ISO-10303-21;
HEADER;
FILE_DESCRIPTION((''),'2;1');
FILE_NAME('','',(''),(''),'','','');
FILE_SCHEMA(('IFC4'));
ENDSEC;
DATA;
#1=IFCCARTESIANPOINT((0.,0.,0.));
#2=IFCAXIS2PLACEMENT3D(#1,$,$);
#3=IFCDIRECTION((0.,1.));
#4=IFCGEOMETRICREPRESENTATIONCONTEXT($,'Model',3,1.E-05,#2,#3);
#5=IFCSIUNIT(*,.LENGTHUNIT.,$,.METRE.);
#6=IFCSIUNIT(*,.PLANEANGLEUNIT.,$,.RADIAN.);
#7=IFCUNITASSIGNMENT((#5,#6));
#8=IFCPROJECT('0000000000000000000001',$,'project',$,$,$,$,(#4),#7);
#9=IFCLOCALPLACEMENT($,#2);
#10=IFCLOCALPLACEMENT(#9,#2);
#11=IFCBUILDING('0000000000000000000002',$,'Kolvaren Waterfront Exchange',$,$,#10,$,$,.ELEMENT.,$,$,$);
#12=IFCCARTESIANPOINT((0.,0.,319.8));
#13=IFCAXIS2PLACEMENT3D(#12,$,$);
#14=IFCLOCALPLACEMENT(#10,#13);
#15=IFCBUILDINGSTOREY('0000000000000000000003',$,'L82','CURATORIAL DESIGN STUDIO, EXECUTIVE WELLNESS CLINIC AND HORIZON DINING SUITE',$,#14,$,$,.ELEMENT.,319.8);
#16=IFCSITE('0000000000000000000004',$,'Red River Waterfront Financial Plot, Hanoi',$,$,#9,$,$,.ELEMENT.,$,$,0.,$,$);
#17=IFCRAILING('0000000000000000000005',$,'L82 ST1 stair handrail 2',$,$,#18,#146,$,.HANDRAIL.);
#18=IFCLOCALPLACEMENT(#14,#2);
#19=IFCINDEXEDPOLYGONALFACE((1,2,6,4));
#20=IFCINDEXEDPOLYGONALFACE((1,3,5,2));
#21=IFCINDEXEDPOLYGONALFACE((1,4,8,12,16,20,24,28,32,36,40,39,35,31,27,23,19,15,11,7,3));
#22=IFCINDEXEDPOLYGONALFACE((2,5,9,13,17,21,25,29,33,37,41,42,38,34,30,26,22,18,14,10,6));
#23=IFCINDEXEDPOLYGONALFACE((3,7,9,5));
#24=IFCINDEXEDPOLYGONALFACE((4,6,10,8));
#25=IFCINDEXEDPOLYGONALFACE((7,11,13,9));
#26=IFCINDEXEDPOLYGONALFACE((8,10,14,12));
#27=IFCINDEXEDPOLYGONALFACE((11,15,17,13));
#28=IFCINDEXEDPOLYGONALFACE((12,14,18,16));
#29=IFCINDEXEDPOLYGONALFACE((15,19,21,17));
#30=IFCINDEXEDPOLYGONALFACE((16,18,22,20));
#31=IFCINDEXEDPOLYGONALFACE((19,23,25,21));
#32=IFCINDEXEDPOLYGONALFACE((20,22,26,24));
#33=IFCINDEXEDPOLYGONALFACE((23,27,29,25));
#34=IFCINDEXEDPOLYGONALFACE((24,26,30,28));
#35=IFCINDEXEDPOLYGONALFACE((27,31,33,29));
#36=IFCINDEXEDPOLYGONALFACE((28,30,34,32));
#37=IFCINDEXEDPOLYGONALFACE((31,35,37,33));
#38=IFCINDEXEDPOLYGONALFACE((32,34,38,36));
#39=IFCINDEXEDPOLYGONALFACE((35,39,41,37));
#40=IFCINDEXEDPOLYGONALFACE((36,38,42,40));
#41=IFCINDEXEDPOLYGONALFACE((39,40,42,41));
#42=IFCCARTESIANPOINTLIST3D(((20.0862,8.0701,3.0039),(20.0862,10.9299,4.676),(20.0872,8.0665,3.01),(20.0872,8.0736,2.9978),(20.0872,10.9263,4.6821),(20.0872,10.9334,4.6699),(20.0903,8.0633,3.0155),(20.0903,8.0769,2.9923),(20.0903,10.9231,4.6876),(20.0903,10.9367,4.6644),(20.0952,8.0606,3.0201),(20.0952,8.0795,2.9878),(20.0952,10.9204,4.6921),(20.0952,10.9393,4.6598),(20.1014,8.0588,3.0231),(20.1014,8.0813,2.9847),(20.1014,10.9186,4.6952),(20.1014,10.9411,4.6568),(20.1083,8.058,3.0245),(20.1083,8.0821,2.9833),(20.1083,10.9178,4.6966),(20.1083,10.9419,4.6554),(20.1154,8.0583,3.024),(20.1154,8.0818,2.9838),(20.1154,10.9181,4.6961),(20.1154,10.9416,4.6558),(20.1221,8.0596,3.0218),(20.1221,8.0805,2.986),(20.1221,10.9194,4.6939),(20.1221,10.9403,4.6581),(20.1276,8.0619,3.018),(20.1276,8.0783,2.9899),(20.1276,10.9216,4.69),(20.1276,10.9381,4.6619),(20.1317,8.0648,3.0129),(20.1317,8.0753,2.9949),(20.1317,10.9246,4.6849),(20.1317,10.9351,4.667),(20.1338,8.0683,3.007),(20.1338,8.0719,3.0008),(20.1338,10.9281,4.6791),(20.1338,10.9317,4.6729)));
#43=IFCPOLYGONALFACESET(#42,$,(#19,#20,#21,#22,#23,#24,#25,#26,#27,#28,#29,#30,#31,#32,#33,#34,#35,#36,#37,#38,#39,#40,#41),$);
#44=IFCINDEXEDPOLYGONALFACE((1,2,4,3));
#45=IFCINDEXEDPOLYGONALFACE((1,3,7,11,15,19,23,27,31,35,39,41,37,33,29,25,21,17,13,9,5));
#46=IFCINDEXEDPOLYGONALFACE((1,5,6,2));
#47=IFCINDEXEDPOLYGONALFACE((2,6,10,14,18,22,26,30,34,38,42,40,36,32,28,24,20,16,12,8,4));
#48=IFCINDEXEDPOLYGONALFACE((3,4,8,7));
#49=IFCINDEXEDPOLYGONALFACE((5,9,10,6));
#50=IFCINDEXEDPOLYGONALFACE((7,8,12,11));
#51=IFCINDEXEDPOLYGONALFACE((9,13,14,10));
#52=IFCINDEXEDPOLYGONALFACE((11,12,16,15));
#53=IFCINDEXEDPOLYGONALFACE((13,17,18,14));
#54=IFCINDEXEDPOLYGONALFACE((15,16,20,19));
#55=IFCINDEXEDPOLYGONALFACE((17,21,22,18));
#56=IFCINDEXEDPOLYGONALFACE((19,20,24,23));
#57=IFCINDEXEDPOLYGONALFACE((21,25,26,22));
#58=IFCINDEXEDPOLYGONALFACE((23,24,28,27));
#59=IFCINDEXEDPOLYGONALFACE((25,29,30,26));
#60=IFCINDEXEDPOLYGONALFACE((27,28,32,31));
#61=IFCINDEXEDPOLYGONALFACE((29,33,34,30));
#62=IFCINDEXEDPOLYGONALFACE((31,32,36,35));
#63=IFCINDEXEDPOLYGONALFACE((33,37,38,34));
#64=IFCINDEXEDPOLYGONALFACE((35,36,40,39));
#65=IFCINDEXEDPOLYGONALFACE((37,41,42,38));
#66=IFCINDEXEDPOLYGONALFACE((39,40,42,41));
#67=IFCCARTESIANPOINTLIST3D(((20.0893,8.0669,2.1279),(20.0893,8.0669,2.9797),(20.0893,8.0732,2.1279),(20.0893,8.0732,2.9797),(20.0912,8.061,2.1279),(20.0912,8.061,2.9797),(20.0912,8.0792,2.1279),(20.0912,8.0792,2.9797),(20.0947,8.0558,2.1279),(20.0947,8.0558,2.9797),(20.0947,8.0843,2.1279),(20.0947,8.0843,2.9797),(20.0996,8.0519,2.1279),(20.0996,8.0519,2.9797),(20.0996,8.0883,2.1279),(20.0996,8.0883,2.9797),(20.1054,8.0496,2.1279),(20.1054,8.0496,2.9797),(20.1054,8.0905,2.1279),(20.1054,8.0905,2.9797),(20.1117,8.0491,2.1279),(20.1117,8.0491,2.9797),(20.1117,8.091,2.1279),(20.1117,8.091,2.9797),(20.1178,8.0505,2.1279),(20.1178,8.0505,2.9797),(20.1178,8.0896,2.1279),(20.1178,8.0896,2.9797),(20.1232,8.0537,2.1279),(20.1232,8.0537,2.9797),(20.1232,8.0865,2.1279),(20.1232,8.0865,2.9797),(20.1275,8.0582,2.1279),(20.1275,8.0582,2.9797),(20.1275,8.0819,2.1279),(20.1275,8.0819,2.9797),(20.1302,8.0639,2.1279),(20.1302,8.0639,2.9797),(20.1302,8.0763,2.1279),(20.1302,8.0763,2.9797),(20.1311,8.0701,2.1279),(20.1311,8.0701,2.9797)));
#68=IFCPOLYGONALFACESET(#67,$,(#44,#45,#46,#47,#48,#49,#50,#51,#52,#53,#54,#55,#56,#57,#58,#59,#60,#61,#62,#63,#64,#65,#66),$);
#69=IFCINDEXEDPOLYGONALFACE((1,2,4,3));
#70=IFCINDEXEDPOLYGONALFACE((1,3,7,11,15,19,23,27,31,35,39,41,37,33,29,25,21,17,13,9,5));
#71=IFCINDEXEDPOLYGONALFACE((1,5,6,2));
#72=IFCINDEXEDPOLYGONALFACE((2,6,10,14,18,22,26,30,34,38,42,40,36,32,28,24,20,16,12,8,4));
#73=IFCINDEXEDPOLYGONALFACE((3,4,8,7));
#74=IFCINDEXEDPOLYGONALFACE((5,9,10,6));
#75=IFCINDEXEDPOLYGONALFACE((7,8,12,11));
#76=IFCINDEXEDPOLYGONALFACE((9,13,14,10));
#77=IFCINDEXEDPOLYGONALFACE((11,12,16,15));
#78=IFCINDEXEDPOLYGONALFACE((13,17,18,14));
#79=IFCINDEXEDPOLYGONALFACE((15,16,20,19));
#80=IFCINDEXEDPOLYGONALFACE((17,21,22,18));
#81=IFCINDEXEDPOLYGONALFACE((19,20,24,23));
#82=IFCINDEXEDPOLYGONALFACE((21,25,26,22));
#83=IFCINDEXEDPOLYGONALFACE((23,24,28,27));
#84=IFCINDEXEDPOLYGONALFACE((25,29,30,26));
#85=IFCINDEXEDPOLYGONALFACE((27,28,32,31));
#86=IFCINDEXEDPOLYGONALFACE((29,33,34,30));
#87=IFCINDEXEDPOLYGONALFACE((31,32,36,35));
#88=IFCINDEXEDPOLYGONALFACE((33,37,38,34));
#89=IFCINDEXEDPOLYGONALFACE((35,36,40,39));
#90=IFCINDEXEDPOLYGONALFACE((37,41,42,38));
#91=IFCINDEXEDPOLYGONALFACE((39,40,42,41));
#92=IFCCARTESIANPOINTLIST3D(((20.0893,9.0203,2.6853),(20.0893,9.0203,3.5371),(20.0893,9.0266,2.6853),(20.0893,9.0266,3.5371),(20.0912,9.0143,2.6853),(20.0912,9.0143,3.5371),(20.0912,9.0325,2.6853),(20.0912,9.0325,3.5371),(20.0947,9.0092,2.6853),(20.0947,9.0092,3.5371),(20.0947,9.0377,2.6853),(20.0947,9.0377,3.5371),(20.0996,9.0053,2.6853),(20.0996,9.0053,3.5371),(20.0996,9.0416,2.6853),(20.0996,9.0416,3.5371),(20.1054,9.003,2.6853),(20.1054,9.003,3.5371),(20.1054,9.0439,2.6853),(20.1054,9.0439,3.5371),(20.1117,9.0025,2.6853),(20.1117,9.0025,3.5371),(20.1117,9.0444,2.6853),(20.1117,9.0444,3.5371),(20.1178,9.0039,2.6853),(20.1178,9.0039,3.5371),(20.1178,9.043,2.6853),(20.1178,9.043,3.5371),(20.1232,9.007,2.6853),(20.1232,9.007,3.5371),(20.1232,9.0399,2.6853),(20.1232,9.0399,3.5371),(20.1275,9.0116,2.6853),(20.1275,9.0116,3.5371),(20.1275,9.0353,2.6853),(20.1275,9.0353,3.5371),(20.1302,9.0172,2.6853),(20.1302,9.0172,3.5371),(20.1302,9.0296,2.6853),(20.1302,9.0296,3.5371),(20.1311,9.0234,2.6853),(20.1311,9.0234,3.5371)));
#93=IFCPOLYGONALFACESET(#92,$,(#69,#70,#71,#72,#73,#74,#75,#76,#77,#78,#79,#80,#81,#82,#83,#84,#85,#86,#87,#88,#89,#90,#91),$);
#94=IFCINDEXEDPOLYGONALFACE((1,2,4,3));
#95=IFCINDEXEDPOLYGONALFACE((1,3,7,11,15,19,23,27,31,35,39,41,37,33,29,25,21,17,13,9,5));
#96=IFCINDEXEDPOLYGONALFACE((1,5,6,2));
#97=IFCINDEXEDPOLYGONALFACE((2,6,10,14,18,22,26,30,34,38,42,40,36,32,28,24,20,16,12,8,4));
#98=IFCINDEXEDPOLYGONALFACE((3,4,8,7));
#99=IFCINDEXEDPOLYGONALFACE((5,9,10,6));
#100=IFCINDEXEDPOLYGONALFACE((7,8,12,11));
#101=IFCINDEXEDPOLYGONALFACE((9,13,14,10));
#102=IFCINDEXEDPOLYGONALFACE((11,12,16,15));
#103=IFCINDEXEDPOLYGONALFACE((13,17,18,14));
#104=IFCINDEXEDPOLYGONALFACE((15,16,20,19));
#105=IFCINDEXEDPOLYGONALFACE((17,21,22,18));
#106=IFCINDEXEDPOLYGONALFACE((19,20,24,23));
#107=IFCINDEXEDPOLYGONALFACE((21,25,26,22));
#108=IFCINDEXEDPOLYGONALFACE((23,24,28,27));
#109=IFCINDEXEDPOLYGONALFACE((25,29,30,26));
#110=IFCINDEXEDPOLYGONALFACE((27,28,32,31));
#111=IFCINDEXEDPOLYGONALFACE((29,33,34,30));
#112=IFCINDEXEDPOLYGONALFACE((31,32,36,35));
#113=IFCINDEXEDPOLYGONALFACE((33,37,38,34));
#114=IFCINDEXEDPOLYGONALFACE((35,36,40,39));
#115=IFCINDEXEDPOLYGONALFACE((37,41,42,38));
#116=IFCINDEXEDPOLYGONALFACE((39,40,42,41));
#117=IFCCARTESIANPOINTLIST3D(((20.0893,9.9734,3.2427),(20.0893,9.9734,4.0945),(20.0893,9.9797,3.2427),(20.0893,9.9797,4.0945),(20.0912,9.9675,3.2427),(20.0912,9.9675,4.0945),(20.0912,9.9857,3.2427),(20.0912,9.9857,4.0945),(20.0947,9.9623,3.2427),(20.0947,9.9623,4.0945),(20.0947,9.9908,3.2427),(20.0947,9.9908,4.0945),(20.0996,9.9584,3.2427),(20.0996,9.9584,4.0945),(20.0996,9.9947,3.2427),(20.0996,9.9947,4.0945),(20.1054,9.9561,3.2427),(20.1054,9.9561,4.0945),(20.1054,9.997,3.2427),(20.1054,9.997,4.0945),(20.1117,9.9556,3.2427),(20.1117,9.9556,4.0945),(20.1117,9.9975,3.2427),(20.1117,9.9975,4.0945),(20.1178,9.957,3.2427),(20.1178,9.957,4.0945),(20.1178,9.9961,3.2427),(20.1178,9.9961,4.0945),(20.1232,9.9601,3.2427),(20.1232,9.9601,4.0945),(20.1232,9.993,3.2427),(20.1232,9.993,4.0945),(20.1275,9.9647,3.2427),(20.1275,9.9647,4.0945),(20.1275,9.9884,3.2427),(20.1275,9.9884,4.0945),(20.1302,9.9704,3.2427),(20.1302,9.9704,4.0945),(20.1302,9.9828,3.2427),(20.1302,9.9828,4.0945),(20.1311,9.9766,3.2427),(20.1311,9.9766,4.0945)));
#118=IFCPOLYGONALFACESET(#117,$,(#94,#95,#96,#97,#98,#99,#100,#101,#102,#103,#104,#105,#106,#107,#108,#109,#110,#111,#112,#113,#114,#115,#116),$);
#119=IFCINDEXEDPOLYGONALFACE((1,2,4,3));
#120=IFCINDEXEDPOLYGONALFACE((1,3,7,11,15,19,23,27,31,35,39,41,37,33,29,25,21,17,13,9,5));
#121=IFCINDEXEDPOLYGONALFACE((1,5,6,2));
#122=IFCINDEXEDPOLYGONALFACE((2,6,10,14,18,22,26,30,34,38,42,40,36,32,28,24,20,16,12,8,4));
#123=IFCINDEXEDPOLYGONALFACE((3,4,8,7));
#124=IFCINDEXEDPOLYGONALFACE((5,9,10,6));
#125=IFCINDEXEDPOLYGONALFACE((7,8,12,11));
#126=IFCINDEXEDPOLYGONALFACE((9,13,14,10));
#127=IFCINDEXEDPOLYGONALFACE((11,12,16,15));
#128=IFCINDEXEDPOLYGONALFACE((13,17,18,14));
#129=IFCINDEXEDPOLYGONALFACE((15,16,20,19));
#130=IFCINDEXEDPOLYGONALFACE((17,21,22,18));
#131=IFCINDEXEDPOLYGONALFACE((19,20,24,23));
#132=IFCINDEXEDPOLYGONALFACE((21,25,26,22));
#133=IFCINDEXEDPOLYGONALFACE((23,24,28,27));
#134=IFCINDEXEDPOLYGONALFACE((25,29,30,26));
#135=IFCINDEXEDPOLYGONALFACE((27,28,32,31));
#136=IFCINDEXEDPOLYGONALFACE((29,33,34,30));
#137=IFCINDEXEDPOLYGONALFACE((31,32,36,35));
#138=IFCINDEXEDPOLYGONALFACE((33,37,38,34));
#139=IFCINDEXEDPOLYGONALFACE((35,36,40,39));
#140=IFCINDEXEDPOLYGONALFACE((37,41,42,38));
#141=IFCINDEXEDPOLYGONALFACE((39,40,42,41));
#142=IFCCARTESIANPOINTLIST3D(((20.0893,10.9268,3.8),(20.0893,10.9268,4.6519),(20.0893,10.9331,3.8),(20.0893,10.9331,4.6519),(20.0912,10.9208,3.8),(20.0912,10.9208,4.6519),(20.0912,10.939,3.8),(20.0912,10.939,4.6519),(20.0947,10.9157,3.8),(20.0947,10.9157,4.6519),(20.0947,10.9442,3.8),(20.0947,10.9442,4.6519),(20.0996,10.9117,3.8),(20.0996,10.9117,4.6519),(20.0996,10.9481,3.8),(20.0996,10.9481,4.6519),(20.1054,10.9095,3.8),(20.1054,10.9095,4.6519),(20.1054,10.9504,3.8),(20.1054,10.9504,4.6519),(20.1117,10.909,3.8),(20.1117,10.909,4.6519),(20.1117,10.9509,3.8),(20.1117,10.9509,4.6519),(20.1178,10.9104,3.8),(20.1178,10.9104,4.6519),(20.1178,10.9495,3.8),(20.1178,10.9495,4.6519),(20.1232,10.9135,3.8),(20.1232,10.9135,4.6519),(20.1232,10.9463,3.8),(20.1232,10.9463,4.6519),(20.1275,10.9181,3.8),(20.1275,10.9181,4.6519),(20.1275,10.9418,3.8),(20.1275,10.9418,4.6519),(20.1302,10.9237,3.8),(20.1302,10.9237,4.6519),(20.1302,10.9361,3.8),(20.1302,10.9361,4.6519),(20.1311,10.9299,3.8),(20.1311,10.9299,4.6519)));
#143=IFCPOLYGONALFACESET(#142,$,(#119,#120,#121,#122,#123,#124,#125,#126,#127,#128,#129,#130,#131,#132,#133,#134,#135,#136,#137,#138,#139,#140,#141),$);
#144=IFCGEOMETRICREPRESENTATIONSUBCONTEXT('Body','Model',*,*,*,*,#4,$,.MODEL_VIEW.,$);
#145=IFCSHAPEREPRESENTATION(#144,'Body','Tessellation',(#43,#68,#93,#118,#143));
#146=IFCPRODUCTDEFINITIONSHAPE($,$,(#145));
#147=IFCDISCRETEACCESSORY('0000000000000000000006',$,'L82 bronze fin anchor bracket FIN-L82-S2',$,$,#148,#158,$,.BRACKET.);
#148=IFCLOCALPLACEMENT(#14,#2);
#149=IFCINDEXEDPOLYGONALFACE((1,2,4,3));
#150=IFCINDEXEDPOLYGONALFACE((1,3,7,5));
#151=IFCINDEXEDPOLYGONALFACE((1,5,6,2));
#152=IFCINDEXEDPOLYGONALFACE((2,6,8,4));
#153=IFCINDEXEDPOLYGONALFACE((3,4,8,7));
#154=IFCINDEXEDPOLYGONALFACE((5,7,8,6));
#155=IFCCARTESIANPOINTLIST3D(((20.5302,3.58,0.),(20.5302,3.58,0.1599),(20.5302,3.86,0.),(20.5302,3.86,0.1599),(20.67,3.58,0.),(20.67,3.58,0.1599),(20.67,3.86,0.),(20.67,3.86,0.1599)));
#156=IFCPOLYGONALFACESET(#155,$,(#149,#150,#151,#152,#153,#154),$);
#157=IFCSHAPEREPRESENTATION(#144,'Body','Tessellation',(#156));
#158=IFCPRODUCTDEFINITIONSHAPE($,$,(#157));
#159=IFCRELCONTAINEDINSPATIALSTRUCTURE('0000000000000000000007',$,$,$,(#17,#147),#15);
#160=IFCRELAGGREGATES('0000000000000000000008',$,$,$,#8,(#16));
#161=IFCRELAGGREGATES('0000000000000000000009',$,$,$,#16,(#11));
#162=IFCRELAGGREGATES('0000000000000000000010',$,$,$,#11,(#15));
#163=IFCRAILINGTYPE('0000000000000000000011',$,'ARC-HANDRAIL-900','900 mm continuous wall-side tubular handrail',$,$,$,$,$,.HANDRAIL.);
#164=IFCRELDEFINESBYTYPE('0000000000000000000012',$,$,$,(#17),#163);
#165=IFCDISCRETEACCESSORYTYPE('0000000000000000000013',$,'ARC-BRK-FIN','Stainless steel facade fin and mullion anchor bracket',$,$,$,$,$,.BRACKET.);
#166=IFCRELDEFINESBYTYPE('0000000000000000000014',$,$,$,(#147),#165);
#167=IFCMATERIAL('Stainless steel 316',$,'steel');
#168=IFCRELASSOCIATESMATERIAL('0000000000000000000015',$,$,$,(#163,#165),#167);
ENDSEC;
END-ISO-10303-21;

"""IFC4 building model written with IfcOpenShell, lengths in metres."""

from ifc_helpers import new_model, si_unit, direction, frame, origin, origin_with_axes, origin_2d, place, context, subcontext, project, spatial, rectangle, circle, extrude, source, transform, mapped, material, type_object, element, save


model = new_model("IFC4")

# Units and contexts
model_context = context("Model", 3, precision=1e-05, world=origin(), true_north=direction((0.0, 1.0)))
body_context = subcontext(model_context, "Body", "Model", "MODEL_VIEW")
ifc_project = project(units=[si_unit("LENGTHUNIT", "METRE"), si_unit("PLANEANGLEUNIT", "RADIAN")], contexts=[model_context])

# Site, building, storey
site_placement = place(None, origin())
site = spatial("IfcSite", under=ifc_project, at=site_placement, Name="Red River Waterfront Financial Plot, Hanoi", CompositionType="ELEMENT", RefElevation=0.0)
building_placement = place(site_placement, origin())
building = spatial("IfcBuilding", under=site, at=building_placement, Name="Kolvaren Waterfront Exchange", CompositionType="ELEMENT")
storey_placement = place(building_placement, frame((0.0, 0.0, 319.8)))
storey = spatial("IfcBuildingStorey", under=building, at=storey_placement, Name="L82", Description="CURATORIAL DESIGN STUDIO, EXECUTIVE WELLNESS CLINIC AND HORIZON DINING SUITE", CompositionType="ELEMENT", Elevation=319.8)

# Railing
ifc_material_1 = material(Name="Stainless steel 316", Category="steel")
railing_type_1 = type_object("IfcRailingType", Name="ARC-HANDRAIL-900", Description="900 mm continuous wall-side tubular handrail", PredefinedType="HANDRAIL", material=ifc_material_1)
railing_1_placement = place(storey_placement, frame((20.1101, 8.0701, 2.1279)))
element("IfcRailing", 1, at=railing_1_placement, inside=storey, type_object=railing_type_1, Name="L82 ST1 stair handrail 2", PredefinedType="HANDRAIL", context=body_context, shape_type="SweptSolid", body=[
    extrude(circle(Radius=0.0239, at=origin_2d()), frame((0.0, 0.0, 0.876), z_axis=(0.0, 0.863271, 0.504741), x_axis=(-1.0, 0.0, 0.0)), (0.0, 0.0, 1.0), 3.3127),
    extrude(circle(Radius=0.021, at=origin_2d()), origin(), (0.0, 0.0, 1.0), 0.8518),
    extrude(circle(Radius=0.021, at=origin_2d()), frame((0.0, 0.9534, 0.5574)), (0.0, 0.0, 1.0), 0.8518),
    extrude(circle(Radius=0.021, at=origin_2d()), frame((0.0, 1.9065, 1.1147)), (0.0, 0.0, 1.0), 0.8518),
    extrude(circle(Radius=0.021, at=origin_2d()), frame((0.0, 2.8599, 1.6721)), (0.0, 0.0, 1.0), 0.8518),
])

# Discrete accessory
discrete_accessory_type = type_object("IfcDiscreteAccessoryType", Name="ARC-BRK-FIN", Description="Stainless steel facade fin and mullion anchor bracket", PredefinedType="BRACKET", material=ifc_material_1)
shared_shape_1 = source(origin_with_axes(), body_context, "Body", "SweptSolid", [
    extrude(rectangle(XDim=0.28, YDim=0.1399, at=origin_2d()), origin(), (0.0, 0.0, 1.0), 0.1599),
])
discrete_accessory_placement = place(storey_placement, frame((20.6001, 3.72, 0.0), z_axis=(0.0, 0.0, 1.0), x_axis=(0.0, -1.0, 0.0)))
element("IfcDiscreteAccessory", 2, at=discrete_accessory_placement, inside=storey, type_object=discrete_accessory_type, Name="L82 bronze fin anchor bracket FIN-L82-S2", PredefinedType="BRACKET", context=body_context, shape_type="MappedRepresentation", body=[
    mapped(shared_shape_1, transform((0.0, 0.0, 0.0), x_axis=(1.0, 0.0, 0.0), y_axis=(0.0, 1.0, 0.0), z_axis=(0.0, 0.0, 1.0), scale=1.0)),
])

save(model, "model.ifc")
